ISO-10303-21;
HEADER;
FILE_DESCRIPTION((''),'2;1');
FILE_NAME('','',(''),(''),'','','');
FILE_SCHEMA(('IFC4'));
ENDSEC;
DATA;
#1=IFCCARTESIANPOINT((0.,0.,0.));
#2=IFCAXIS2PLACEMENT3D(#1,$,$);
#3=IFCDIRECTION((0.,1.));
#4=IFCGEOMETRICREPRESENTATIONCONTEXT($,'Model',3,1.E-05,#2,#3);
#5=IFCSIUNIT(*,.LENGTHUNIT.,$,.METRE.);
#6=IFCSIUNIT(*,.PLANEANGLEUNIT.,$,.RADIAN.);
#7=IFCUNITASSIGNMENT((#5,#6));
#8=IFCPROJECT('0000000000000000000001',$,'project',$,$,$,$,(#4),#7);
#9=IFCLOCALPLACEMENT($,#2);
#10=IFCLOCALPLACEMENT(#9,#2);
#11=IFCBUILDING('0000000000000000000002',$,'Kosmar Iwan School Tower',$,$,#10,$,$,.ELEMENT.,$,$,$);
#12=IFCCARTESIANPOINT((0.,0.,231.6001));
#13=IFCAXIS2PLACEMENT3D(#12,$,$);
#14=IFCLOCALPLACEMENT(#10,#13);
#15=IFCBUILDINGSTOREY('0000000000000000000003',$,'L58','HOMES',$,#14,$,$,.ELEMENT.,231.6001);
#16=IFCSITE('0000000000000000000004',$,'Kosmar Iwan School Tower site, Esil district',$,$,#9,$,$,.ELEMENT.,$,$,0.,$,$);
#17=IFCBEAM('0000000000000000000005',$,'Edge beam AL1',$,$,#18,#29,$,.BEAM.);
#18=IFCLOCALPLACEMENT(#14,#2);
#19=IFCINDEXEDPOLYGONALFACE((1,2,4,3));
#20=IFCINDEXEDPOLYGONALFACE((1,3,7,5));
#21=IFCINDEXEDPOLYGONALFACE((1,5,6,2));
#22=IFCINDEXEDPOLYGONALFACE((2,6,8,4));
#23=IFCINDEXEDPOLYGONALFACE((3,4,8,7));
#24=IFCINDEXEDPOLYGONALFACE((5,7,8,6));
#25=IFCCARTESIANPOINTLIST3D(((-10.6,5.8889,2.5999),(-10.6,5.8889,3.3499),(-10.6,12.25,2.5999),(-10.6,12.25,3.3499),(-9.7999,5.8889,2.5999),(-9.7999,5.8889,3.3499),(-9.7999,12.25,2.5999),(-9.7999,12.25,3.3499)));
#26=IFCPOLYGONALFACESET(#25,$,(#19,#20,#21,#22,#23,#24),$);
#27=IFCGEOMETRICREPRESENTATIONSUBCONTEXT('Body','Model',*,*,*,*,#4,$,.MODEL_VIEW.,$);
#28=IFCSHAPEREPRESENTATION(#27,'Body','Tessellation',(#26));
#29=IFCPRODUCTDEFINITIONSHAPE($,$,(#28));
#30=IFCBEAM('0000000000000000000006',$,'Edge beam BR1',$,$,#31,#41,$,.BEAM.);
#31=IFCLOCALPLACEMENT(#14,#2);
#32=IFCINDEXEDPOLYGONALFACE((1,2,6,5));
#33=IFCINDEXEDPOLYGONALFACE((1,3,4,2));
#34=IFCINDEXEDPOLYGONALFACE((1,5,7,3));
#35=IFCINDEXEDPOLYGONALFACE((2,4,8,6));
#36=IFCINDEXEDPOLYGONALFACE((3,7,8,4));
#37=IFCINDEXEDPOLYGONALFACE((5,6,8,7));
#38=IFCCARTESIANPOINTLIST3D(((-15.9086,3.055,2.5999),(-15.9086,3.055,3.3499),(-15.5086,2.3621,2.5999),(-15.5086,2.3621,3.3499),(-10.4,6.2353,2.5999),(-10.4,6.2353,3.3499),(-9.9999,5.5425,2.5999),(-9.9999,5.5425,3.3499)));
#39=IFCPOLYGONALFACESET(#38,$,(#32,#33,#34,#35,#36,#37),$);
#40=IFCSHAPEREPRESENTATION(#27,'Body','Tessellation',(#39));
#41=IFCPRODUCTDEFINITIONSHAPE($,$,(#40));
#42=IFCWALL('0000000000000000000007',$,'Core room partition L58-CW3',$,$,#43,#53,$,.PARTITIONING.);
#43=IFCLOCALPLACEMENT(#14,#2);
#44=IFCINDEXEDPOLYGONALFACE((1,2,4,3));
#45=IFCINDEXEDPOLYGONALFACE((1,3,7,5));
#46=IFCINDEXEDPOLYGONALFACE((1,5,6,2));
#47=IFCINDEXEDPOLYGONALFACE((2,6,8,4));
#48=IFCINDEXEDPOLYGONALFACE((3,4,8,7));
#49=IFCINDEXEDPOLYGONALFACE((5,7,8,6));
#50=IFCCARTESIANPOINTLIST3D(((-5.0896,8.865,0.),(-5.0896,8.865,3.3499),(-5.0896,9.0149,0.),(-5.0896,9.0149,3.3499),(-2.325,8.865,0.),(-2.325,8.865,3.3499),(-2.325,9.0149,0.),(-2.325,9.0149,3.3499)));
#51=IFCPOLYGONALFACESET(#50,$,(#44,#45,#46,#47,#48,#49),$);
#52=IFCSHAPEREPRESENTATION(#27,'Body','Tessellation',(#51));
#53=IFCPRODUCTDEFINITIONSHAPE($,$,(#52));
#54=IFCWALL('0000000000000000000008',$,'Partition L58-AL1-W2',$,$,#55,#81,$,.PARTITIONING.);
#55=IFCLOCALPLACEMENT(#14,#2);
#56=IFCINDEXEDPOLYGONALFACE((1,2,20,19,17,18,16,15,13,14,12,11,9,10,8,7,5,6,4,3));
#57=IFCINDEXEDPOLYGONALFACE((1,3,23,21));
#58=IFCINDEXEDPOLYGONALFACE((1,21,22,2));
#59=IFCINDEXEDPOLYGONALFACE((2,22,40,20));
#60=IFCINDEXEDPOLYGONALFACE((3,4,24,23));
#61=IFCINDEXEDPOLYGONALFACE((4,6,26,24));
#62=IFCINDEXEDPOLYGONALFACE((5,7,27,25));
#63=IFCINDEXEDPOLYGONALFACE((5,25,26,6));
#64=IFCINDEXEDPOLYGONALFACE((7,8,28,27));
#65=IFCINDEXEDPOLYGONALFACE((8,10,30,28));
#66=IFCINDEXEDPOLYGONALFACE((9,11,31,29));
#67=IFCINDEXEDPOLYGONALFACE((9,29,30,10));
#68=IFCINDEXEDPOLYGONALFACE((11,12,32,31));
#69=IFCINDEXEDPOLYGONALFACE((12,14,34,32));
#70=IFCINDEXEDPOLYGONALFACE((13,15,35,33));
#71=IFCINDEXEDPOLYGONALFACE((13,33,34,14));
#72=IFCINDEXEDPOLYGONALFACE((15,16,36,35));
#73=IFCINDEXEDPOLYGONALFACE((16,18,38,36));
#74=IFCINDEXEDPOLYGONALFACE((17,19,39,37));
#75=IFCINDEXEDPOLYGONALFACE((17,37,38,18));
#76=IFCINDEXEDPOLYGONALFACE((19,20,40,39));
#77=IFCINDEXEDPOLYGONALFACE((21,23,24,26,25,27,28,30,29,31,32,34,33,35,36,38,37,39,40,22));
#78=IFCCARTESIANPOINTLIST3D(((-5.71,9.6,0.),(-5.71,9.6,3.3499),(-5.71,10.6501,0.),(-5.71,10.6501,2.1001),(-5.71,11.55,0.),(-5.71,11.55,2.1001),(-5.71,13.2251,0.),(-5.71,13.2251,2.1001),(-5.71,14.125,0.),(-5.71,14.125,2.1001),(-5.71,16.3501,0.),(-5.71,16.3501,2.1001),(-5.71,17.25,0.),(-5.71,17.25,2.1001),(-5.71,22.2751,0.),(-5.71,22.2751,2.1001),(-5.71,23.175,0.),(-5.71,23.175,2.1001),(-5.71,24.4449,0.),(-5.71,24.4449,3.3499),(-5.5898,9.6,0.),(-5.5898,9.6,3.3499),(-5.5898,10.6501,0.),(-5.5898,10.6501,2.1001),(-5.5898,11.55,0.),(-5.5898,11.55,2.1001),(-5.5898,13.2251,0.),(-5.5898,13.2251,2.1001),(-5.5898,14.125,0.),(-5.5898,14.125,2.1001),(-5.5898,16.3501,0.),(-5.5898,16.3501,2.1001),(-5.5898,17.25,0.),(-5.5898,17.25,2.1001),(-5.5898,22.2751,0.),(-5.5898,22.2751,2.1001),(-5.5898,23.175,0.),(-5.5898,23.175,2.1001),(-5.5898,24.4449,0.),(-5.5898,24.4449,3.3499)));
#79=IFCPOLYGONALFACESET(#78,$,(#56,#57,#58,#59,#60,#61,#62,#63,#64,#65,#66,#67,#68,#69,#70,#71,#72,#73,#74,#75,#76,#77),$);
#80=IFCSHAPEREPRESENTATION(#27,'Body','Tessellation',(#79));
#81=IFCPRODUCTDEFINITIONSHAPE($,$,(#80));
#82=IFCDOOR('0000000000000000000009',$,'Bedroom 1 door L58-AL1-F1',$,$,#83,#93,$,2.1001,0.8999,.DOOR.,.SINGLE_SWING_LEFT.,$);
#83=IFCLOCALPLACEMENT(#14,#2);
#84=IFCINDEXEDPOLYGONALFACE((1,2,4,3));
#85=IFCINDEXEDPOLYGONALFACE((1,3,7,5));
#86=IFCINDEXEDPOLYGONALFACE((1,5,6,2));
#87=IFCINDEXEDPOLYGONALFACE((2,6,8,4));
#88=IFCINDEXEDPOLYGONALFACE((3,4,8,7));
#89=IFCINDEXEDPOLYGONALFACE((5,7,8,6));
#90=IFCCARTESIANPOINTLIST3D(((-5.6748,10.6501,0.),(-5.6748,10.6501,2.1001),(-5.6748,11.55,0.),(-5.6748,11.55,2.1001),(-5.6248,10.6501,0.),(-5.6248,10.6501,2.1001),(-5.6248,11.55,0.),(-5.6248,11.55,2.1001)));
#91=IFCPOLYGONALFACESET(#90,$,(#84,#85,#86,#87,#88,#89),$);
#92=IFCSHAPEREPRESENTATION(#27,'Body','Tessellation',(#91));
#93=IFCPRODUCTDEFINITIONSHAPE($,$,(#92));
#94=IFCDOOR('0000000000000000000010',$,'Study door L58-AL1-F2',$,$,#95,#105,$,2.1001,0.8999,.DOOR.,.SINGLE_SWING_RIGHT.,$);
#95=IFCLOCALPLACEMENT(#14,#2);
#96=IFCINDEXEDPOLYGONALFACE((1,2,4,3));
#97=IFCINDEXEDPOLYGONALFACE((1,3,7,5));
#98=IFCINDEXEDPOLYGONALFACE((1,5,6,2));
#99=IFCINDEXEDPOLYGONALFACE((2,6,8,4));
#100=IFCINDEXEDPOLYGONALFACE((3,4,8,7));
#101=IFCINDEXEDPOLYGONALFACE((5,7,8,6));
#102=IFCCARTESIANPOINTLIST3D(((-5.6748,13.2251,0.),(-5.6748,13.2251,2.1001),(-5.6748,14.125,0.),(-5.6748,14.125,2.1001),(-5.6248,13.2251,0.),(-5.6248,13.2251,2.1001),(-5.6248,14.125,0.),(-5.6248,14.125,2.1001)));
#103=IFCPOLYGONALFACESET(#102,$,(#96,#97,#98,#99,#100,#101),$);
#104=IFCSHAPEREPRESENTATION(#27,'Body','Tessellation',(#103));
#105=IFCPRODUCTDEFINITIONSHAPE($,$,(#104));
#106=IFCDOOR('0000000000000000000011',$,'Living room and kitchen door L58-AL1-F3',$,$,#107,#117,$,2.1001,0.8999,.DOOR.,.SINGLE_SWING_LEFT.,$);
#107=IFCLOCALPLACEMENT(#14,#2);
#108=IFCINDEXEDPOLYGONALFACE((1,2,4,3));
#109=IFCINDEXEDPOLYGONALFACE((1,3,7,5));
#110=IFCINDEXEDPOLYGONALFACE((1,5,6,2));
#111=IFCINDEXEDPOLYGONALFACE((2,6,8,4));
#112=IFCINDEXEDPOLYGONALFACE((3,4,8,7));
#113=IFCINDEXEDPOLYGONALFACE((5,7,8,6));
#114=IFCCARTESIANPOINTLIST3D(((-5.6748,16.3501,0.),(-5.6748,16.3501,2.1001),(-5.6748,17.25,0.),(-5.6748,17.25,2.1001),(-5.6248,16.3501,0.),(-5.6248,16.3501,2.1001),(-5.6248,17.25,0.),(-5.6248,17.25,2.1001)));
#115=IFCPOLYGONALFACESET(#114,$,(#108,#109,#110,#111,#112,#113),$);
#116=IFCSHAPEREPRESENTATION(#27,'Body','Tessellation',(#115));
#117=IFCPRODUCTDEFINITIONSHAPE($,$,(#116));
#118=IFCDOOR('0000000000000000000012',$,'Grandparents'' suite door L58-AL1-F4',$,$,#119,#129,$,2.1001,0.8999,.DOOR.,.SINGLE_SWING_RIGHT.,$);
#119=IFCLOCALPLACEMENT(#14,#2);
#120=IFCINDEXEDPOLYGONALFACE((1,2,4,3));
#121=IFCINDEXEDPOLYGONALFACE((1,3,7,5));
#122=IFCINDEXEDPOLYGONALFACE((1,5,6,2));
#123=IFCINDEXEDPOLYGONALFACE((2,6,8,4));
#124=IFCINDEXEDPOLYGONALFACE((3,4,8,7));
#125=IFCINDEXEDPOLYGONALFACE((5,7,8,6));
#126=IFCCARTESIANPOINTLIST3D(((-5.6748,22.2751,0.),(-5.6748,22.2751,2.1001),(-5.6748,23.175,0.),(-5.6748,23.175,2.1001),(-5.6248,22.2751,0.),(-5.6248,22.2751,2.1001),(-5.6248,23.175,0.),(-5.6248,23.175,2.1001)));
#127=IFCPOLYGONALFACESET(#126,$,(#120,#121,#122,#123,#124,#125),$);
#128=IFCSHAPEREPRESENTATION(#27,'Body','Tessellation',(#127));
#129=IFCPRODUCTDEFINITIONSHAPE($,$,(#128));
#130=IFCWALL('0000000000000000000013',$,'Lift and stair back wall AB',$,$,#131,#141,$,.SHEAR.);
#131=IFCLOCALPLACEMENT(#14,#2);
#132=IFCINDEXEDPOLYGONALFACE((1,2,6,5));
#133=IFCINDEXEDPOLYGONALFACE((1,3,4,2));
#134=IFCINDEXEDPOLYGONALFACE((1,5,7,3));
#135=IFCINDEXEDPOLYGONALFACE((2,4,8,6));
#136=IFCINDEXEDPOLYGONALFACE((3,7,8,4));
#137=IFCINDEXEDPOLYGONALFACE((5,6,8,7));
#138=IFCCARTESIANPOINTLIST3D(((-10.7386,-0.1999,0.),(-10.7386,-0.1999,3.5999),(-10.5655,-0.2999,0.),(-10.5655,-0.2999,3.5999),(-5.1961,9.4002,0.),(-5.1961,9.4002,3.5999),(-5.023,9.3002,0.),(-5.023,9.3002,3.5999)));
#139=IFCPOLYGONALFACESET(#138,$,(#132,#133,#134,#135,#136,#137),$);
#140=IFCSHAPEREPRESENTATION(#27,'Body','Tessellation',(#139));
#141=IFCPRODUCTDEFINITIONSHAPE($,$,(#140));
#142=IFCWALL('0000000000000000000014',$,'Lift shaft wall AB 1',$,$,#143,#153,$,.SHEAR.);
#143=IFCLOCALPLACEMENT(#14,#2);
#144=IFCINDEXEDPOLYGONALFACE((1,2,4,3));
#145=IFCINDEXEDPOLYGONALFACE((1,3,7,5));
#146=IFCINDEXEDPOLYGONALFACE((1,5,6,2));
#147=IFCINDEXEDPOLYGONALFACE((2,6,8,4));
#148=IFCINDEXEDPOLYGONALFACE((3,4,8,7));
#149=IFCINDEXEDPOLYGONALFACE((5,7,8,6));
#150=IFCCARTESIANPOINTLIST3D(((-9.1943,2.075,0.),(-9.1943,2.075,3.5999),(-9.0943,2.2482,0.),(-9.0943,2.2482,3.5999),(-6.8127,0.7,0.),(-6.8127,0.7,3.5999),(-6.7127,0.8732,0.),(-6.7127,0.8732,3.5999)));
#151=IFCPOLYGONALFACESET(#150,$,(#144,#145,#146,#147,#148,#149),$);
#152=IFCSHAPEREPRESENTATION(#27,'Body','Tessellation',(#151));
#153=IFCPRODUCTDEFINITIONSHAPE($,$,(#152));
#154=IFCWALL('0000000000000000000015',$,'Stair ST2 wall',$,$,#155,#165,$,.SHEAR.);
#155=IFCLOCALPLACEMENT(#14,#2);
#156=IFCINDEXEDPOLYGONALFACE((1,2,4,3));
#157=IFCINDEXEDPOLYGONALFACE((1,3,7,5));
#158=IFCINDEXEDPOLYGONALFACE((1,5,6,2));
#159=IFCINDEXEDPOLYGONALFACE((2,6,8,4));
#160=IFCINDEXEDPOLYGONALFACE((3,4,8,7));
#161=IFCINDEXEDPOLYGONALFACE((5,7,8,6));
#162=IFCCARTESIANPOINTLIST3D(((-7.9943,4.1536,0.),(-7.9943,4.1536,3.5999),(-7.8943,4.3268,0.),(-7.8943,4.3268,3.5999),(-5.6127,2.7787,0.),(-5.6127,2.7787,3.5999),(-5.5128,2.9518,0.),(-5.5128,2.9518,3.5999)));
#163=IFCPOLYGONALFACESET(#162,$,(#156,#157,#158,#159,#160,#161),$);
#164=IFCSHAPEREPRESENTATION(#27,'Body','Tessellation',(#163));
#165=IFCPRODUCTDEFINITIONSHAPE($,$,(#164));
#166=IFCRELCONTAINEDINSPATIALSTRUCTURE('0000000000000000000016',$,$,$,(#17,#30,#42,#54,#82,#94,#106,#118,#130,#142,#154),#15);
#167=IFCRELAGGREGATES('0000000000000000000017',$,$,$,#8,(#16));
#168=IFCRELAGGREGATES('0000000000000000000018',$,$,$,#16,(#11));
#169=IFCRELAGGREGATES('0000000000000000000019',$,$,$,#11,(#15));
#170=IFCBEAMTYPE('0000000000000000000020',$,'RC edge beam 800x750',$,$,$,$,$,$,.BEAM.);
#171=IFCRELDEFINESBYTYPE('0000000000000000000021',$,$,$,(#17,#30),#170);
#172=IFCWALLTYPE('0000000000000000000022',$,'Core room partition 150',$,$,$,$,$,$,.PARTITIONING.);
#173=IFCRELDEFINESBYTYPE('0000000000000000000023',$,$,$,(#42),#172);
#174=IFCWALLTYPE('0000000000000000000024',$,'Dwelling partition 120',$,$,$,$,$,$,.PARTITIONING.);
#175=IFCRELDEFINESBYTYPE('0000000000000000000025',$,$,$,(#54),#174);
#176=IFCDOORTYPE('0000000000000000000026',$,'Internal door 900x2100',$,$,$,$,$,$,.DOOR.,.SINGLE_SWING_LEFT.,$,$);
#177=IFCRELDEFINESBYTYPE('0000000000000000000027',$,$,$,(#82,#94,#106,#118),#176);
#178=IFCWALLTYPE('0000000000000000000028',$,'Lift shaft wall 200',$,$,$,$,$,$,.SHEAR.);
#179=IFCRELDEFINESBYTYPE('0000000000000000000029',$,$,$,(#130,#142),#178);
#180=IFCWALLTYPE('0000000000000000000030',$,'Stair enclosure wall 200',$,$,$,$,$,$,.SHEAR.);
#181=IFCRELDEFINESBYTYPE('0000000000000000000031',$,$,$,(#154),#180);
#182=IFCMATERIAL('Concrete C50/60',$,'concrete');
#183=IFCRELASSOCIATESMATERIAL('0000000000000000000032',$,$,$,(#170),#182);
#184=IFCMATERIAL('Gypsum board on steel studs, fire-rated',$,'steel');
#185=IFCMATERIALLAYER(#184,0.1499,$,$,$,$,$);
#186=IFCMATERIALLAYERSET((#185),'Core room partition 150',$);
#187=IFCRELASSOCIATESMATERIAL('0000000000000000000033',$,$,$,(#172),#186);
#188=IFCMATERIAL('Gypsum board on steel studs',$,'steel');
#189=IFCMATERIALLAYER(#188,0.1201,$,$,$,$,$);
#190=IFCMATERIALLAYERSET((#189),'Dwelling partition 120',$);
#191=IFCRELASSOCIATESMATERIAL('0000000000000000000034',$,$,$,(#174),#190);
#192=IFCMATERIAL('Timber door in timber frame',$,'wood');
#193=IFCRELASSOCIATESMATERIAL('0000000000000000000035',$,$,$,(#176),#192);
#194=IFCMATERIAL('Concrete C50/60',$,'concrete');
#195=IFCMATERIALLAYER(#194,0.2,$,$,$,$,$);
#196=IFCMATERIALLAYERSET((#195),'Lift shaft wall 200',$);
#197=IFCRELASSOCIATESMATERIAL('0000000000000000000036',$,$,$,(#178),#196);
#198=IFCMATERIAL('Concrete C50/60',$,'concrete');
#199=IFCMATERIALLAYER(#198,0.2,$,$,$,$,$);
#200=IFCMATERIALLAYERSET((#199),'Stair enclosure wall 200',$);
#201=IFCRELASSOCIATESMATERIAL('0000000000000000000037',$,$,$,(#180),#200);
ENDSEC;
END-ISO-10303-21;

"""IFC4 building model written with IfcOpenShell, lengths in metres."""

from ifc_helpers import new_model, si_unit, direction, frame, frame_2d, origin, origin_2d, place, context, subcontext, project, spatial, rectangle, extrude, material, layer, layer_set, material_profile, profile_set, type_object, element, fill, save


model = new_model("IFC4")

# Units and contexts
model_context = context("Model", 3, precision=1e-05, world=origin(), true_north=direction((0.0, 1.0)))
body_context = subcontext(model_context, "Body", "Model", "MODEL_VIEW")
ifc_project = project(units=[si_unit("LENGTHUNIT", "METRE"), si_unit("PLANEANGLEUNIT", "RADIAN")], contexts=[model_context])

# Site, building, storey
site_placement = place(None, origin())
site = spatial("IfcSite", under=ifc_project, at=site_placement, Name="Kosmar Iwan School Tower site, Esil district", CompositionType="ELEMENT", RefElevation=0.0)
building_placement = place(site_placement, origin())
building = spatial("IfcBuilding", under=site, at=building_placement, Name="Kosmar Iwan School Tower", CompositionType="ELEMENT")
storey_placement = place(building_placement, frame((0.0, 0.0, 231.6001)))
storey = spatial("IfcBuildingStorey", under=building, at=storey_placement, Name="L58", Description="HOMES", CompositionType="ELEMENT", Elevation=231.6001)

# Beams
ifc_material_1 = material(Name="Concrete C50/60", Category="concrete")
ifc_material_profile = material_profile(ifc_material_1, rectangle(XDim=0.8, YDim=0.75, at=origin_2d()), Name="RC 800x750")
ifc_profile_set = profile_set([ifc_material_profile], Name="Concrete C50/60")
beam_type = type_object("IfcBeamType", Name="RC edge beam 800x750", PredefinedType="BEAM", material=ifc_profile_set)
beam_1_placement = place(storey_placement, frame((-10.2, 5.8889, 2.9749), z_axis=(0.0, 1.0, 0.0), x_axis=(-1.0, 0.0, 0.0)))
element("IfcBeam", 1, at=beam_1_placement, inside=storey, type_object=beam_type, Name="Edge beam AL1", PredefinedType="BEAM", context=body_context, shape_type="SweptSolid", body=[
    extrude(rectangle(XDim=0.8, YDim=0.75, at=origin_2d()), origin(), (0.0, 0.0, 1.0), 6.3611),
])
beam_2_placement = place(storey_placement, frame((-10.2, 5.8889, 2.9749), z_axis=(-0.866031, -0.49999, 0.0), x_axis=(0.49999, -0.866031, 0.0)))
element("IfcBeam", 2, at=beam_2_placement, inside=storey, type_object=beam_type, Name="Edge beam BR1", PredefinedType="BEAM", context=body_context, shape_type="SweptSolid", body=[
    extrude(rectangle(XDim=0.8, YDim=0.75, at=origin_2d()), origin(), (0.0, 0.0, 1.0), 6.3608),
])

# Wall
ifc_material_2 = material(Name="Gypsum board on steel studs, fire-rated", Category="steel")
ifc_layer_1 = layer(ifc_material_2, 0.1499)
ifc_layer_set_1 = layer_set([ifc_layer_1], Name="Core room partition 150")
wall_type_1 = type_object("IfcWallType", Name="Core room partition 150", PredefinedType="PARTITIONING", material=ifc_layer_set_1)
wall_1_placement = place(storey_placement, frame((-5.0896, 8.9399, 0.0), z_axis=(0.0, 0.0, 1.0), x_axis=(1.0, 0.0, 0.0)))
element("IfcWall", 3, at=wall_1_placement, inside=storey, type_object=wall_type_1, Name="Core room partition L58-CW3", PredefinedType="PARTITIONING", context=body_context, shape_type="SweptSolid", body=[
    extrude(rectangle(XDim=2.7646, YDim=0.1499, at=frame_2d((1.3823, 0.0))), origin(), (0.0, 0.0, 1.0), 3.3499),
])

# Wall, openings, doors
ifc_material_3 = material(Name="Gypsum board on steel studs", Category="steel")
ifc_layer_2 = layer(ifc_material_3, 0.1201)
ifc_layer_set_2 = layer_set([ifc_layer_2], Name="Dwelling partition 120")
wall_type_2 = type_object("IfcWallType", Name="Dwelling partition 120", PredefinedType="PARTITIONING", material=ifc_layer_set_2)
wall_2_placement = place(storey_placement, frame((-5.6499, 9.6001, 0.0), z_axis=(0.0, 0.0, 1.0), x_axis=(0.0, 1.0, 0.0)))
wall_2 = element("IfcWall", 4, at=wall_2_placement, inside=storey, type_object=wall_type_2, Name="Partition L58-AL1-W2", PredefinedType="PARTITIONING", context=body_context, shape_type="SweptSolid", body=[
    extrude(rectangle(XDim=14.845, YDim=0.1201, at=frame_2d((7.4224, 0.0))), origin(), (0.0, 0.0, 1.0), 3.3499),
])
opening_1_placement = place(wall_2_placement, frame((1.05, 0.0, 0.0)))
opening_1 = element("IfcOpeningElement", 5, at=opening_1_placement, cuts=wall_2, PredefinedType="OPENING", context=body_context, shape_type="SweptSolid", body=[
    extrude(rectangle(XDim=0.8999, YDim=2.1001, at=frame_2d((0.45, 1.05))), frame((0.0, 0.072, 0.0), z_axis=(0.0, -1.0, 0.0), x_axis=(1.0, 0.0, 0.0)), (0.0, 0.0, 1.0), 0.144),
])
opening_2_placement = place(wall_2_placement, frame((3.625, 0.0, 0.0)))
opening_2 = element("IfcOpeningElement", 6, at=opening_2_placement, cuts=wall_2, PredefinedType="OPENING", context=body_context, shape_type="SweptSolid", body=[
    extrude(rectangle(XDim=0.8999, YDim=2.1001, at=frame_2d((0.45, 1.05))), frame((0.0, 0.072, 0.0), z_axis=(0.0, -1.0, 0.0), x_axis=(1.0, 0.0, 0.0)), (0.0, 0.0, 1.0), 0.144),
])
opening_3_placement = place(wall_2_placement, frame((6.75, 0.0, 0.0)))
opening_3 = element("IfcOpeningElement", 7, at=opening_3_placement, cuts=wall_2, PredefinedType="OPENING", context=body_context, shape_type="SweptSolid", body=[
    extrude(rectangle(XDim=0.8999, YDim=2.1001, at=frame_2d((0.45, 1.05))), frame((0.0, 0.072, 0.0), z_axis=(0.0, -1.0, 0.0), x_axis=(1.0, 0.0, 0.0)), (0.0, 0.0, 1.0), 0.144),
])
opening_4_placement = place(wall_2_placement, frame((12.675, 0.0, 0.0)))
opening_4 = element("IfcOpeningElement", 8, at=opening_4_placement, cuts=wall_2, PredefinedType="OPENING", context=body_context, shape_type="SweptSolid", body=[
    extrude(rectangle(XDim=0.8999, YDim=2.1001, at=frame_2d((0.45, 1.05))), frame((0.0, 0.072, 0.0), z_axis=(0.0, -1.0, 0.0), x_axis=(1.0, 0.0, 0.0)), (0.0, 0.0, 1.0), 0.144),
])
ifc_material_4 = material(Name="Timber door in timber frame", Category="wood")
door_type = type_object("IfcDoorType", Name="Internal door 900x2100", OperationType="SINGLE_SWING_LEFT", PredefinedType="DOOR", material=ifc_material_4)
door_1_placement = place(opening_1_placement, origin())
door_1 = element("IfcDoor", 9, at=door_1_placement, inside=storey, type_object=door_type, Name="Bedroom 1 door L58-AL1-F1", OperationType="SINGLE_SWING_LEFT", OverallHeight=2.1001, OverallWidth=0.8999, PredefinedType="DOOR", context=body_context, shape_type="SweptSolid", body=[
    extrude(rectangle(XDim=0.8999, YDim=2.1001, at=frame_2d((0.45, 1.05))), frame((0.0, 0.0249, 0.0), z_axis=(0.0, -1.0, 0.0), x_axis=(1.0, 0.0, 0.0)), (0.0, 0.0, 1.0), 0.05),
])
fill(opening_1, door_1)
door_2_placement = place(opening_2_placement, origin())
door_2 = element("IfcDoor", 10, at=door_2_placement, inside=storey, type_object=door_type, Name="Study door L58-AL1-F2", OperationType="SINGLE_SWING_RIGHT", OverallHeight=2.1001, OverallWidth=0.8999, PredefinedType="DOOR", context=body_context, shape_type="SweptSolid", body=[
    extrude(rectangle(XDim=0.8999, YDim=2.1001, at=frame_2d((0.45, 1.05))), frame((0.0, 0.0249, 0.0), z_axis=(0.0, -1.0, 0.0), x_axis=(1.0, 0.0, 0.0)), (0.0, 0.0, 1.0), 0.05),
])
fill(opening_2, door_2)
door_3_placement = place(opening_3_placement, origin())
door_3 = element("IfcDoor", 11, at=door_3_placement, inside=storey, type_object=door_type, Name="Living room and kitchen door L58-AL1-F3", OperationType="SINGLE_SWING_LEFT", OverallHeight=2.1001, OverallWidth=0.8999, PredefinedType="DOOR", context=body_context, shape_type="SweptSolid", body=[
    extrude(rectangle(XDim=0.8999, YDim=2.1001, at=frame_2d((0.45, 1.05))), frame((0.0, 0.0249, 0.0), z_axis=(0.0, -1.0, 0.0), x_axis=(1.0, 0.0, 0.0)), (0.0, 0.0, 1.0), 0.05),
])
fill(opening_3, door_3)
door_4_placement = place(opening_4_placement, origin())
door_4 = element("IfcDoor", 12, at=door_4_placement, inside=storey, type_object=door_type, Name="Grandparents' suite door L58-AL1-F4", OperationType="SINGLE_SWING_RIGHT", OverallHeight=2.1001, OverallWidth=0.8999, PredefinedType="DOOR", context=body_context, shape_type="SweptSolid", body=[
    extrude(rectangle(XDim=0.8999, YDim=2.1001, at=frame_2d((0.45, 1.05))), frame((0.0, 0.0249, 0.0), z_axis=(0.0, -1.0, 0.0), x_axis=(1.0, 0.0, 0.0)), (0.0, 0.0, 1.0), 0.05),
])
fill(opening_4, door_4)

# Walls
ifc_material_5 = material(Name="Concrete C50/60", Category="concrete")
ifc_layer_3 = layer(ifc_material_5, 0.2)
ifc_layer_set_3 = layer_set([ifc_layer_3], Name="Lift shaft wall 200")
wall_type_3 = type_object("IfcWallType", Name="Lift shaft wall 200", PredefinedType="SHEAR", material=ifc_layer_set_3)
wall_3_placement = place(storey_placement, frame((-5.1096, 9.3501, 0.0), z_axis=(0.0, 0.0, 1.0), x_axis=(-0.499991, -0.866031, 0.0)))
element("IfcWall", 13, at=wall_3_placement, inside=storey, type_object=wall_type_3, Name="Lift and stair back wall AB", PredefinedType="SHEAR", context=body_context, shape_type="SweptSolid", body=[
    extrude(rectangle(XDim=11.0852, YDim=0.2, at=frame_2d((5.5425, 0.0))), origin(), (0.0, 0.0, 1.0), 3.5999),
])
wall_4_placement = place(storey_placement, frame((-6.7627, 0.7866, 0.0), z_axis=(0.0, 0.0, 1.0), x_axis=(-0.866027, 0.499997, 0.0)))
element("IfcWall", 14, at=wall_4_placement, inside=storey, type_object=wall_type_3, Name="Lift shaft wall AB 1", PredefinedType="SHEAR", context=body_context, shape_type="SweptSolid", body=[
    extrude(rectangle(XDim=2.75, YDim=0.2, at=frame_2d((1.375, 0.0))), origin(), (0.0, 0.0, 1.0), 3.5999),
])
ifc_material_6 = material(Name="Concrete C50/60", Category="concrete")
ifc_layer_4 = layer(ifc_material_6, 0.2)
ifc_layer_set_4 = layer_set([ifc_layer_4], Name="Stair enclosure wall 200")
wall_type_4 = type_object("IfcWallType", Name="Stair enclosure wall 200", PredefinedType="SHEAR", material=ifc_layer_set_4)
wall_5_placement = place(storey_placement, frame((-5.5627, 2.8652, 0.0), z_axis=(0.0, 0.0, 1.0), x_axis=(-0.866027, 0.499997, 0.0)))
element("IfcWall", 15, at=wall_5_placement, inside=storey, type_object=wall_type_4, Name="Stair ST2 wall", PredefinedType="SHEAR", context=body_context, shape_type="SweptSolid", body=[
    extrude(rectangle(XDim=2.75, YDim=0.2, at=frame_2d((1.375, 0.0))), origin(), (0.0, 0.0, 1.0), 3.5999),
])

save(model, "model.ifc")
